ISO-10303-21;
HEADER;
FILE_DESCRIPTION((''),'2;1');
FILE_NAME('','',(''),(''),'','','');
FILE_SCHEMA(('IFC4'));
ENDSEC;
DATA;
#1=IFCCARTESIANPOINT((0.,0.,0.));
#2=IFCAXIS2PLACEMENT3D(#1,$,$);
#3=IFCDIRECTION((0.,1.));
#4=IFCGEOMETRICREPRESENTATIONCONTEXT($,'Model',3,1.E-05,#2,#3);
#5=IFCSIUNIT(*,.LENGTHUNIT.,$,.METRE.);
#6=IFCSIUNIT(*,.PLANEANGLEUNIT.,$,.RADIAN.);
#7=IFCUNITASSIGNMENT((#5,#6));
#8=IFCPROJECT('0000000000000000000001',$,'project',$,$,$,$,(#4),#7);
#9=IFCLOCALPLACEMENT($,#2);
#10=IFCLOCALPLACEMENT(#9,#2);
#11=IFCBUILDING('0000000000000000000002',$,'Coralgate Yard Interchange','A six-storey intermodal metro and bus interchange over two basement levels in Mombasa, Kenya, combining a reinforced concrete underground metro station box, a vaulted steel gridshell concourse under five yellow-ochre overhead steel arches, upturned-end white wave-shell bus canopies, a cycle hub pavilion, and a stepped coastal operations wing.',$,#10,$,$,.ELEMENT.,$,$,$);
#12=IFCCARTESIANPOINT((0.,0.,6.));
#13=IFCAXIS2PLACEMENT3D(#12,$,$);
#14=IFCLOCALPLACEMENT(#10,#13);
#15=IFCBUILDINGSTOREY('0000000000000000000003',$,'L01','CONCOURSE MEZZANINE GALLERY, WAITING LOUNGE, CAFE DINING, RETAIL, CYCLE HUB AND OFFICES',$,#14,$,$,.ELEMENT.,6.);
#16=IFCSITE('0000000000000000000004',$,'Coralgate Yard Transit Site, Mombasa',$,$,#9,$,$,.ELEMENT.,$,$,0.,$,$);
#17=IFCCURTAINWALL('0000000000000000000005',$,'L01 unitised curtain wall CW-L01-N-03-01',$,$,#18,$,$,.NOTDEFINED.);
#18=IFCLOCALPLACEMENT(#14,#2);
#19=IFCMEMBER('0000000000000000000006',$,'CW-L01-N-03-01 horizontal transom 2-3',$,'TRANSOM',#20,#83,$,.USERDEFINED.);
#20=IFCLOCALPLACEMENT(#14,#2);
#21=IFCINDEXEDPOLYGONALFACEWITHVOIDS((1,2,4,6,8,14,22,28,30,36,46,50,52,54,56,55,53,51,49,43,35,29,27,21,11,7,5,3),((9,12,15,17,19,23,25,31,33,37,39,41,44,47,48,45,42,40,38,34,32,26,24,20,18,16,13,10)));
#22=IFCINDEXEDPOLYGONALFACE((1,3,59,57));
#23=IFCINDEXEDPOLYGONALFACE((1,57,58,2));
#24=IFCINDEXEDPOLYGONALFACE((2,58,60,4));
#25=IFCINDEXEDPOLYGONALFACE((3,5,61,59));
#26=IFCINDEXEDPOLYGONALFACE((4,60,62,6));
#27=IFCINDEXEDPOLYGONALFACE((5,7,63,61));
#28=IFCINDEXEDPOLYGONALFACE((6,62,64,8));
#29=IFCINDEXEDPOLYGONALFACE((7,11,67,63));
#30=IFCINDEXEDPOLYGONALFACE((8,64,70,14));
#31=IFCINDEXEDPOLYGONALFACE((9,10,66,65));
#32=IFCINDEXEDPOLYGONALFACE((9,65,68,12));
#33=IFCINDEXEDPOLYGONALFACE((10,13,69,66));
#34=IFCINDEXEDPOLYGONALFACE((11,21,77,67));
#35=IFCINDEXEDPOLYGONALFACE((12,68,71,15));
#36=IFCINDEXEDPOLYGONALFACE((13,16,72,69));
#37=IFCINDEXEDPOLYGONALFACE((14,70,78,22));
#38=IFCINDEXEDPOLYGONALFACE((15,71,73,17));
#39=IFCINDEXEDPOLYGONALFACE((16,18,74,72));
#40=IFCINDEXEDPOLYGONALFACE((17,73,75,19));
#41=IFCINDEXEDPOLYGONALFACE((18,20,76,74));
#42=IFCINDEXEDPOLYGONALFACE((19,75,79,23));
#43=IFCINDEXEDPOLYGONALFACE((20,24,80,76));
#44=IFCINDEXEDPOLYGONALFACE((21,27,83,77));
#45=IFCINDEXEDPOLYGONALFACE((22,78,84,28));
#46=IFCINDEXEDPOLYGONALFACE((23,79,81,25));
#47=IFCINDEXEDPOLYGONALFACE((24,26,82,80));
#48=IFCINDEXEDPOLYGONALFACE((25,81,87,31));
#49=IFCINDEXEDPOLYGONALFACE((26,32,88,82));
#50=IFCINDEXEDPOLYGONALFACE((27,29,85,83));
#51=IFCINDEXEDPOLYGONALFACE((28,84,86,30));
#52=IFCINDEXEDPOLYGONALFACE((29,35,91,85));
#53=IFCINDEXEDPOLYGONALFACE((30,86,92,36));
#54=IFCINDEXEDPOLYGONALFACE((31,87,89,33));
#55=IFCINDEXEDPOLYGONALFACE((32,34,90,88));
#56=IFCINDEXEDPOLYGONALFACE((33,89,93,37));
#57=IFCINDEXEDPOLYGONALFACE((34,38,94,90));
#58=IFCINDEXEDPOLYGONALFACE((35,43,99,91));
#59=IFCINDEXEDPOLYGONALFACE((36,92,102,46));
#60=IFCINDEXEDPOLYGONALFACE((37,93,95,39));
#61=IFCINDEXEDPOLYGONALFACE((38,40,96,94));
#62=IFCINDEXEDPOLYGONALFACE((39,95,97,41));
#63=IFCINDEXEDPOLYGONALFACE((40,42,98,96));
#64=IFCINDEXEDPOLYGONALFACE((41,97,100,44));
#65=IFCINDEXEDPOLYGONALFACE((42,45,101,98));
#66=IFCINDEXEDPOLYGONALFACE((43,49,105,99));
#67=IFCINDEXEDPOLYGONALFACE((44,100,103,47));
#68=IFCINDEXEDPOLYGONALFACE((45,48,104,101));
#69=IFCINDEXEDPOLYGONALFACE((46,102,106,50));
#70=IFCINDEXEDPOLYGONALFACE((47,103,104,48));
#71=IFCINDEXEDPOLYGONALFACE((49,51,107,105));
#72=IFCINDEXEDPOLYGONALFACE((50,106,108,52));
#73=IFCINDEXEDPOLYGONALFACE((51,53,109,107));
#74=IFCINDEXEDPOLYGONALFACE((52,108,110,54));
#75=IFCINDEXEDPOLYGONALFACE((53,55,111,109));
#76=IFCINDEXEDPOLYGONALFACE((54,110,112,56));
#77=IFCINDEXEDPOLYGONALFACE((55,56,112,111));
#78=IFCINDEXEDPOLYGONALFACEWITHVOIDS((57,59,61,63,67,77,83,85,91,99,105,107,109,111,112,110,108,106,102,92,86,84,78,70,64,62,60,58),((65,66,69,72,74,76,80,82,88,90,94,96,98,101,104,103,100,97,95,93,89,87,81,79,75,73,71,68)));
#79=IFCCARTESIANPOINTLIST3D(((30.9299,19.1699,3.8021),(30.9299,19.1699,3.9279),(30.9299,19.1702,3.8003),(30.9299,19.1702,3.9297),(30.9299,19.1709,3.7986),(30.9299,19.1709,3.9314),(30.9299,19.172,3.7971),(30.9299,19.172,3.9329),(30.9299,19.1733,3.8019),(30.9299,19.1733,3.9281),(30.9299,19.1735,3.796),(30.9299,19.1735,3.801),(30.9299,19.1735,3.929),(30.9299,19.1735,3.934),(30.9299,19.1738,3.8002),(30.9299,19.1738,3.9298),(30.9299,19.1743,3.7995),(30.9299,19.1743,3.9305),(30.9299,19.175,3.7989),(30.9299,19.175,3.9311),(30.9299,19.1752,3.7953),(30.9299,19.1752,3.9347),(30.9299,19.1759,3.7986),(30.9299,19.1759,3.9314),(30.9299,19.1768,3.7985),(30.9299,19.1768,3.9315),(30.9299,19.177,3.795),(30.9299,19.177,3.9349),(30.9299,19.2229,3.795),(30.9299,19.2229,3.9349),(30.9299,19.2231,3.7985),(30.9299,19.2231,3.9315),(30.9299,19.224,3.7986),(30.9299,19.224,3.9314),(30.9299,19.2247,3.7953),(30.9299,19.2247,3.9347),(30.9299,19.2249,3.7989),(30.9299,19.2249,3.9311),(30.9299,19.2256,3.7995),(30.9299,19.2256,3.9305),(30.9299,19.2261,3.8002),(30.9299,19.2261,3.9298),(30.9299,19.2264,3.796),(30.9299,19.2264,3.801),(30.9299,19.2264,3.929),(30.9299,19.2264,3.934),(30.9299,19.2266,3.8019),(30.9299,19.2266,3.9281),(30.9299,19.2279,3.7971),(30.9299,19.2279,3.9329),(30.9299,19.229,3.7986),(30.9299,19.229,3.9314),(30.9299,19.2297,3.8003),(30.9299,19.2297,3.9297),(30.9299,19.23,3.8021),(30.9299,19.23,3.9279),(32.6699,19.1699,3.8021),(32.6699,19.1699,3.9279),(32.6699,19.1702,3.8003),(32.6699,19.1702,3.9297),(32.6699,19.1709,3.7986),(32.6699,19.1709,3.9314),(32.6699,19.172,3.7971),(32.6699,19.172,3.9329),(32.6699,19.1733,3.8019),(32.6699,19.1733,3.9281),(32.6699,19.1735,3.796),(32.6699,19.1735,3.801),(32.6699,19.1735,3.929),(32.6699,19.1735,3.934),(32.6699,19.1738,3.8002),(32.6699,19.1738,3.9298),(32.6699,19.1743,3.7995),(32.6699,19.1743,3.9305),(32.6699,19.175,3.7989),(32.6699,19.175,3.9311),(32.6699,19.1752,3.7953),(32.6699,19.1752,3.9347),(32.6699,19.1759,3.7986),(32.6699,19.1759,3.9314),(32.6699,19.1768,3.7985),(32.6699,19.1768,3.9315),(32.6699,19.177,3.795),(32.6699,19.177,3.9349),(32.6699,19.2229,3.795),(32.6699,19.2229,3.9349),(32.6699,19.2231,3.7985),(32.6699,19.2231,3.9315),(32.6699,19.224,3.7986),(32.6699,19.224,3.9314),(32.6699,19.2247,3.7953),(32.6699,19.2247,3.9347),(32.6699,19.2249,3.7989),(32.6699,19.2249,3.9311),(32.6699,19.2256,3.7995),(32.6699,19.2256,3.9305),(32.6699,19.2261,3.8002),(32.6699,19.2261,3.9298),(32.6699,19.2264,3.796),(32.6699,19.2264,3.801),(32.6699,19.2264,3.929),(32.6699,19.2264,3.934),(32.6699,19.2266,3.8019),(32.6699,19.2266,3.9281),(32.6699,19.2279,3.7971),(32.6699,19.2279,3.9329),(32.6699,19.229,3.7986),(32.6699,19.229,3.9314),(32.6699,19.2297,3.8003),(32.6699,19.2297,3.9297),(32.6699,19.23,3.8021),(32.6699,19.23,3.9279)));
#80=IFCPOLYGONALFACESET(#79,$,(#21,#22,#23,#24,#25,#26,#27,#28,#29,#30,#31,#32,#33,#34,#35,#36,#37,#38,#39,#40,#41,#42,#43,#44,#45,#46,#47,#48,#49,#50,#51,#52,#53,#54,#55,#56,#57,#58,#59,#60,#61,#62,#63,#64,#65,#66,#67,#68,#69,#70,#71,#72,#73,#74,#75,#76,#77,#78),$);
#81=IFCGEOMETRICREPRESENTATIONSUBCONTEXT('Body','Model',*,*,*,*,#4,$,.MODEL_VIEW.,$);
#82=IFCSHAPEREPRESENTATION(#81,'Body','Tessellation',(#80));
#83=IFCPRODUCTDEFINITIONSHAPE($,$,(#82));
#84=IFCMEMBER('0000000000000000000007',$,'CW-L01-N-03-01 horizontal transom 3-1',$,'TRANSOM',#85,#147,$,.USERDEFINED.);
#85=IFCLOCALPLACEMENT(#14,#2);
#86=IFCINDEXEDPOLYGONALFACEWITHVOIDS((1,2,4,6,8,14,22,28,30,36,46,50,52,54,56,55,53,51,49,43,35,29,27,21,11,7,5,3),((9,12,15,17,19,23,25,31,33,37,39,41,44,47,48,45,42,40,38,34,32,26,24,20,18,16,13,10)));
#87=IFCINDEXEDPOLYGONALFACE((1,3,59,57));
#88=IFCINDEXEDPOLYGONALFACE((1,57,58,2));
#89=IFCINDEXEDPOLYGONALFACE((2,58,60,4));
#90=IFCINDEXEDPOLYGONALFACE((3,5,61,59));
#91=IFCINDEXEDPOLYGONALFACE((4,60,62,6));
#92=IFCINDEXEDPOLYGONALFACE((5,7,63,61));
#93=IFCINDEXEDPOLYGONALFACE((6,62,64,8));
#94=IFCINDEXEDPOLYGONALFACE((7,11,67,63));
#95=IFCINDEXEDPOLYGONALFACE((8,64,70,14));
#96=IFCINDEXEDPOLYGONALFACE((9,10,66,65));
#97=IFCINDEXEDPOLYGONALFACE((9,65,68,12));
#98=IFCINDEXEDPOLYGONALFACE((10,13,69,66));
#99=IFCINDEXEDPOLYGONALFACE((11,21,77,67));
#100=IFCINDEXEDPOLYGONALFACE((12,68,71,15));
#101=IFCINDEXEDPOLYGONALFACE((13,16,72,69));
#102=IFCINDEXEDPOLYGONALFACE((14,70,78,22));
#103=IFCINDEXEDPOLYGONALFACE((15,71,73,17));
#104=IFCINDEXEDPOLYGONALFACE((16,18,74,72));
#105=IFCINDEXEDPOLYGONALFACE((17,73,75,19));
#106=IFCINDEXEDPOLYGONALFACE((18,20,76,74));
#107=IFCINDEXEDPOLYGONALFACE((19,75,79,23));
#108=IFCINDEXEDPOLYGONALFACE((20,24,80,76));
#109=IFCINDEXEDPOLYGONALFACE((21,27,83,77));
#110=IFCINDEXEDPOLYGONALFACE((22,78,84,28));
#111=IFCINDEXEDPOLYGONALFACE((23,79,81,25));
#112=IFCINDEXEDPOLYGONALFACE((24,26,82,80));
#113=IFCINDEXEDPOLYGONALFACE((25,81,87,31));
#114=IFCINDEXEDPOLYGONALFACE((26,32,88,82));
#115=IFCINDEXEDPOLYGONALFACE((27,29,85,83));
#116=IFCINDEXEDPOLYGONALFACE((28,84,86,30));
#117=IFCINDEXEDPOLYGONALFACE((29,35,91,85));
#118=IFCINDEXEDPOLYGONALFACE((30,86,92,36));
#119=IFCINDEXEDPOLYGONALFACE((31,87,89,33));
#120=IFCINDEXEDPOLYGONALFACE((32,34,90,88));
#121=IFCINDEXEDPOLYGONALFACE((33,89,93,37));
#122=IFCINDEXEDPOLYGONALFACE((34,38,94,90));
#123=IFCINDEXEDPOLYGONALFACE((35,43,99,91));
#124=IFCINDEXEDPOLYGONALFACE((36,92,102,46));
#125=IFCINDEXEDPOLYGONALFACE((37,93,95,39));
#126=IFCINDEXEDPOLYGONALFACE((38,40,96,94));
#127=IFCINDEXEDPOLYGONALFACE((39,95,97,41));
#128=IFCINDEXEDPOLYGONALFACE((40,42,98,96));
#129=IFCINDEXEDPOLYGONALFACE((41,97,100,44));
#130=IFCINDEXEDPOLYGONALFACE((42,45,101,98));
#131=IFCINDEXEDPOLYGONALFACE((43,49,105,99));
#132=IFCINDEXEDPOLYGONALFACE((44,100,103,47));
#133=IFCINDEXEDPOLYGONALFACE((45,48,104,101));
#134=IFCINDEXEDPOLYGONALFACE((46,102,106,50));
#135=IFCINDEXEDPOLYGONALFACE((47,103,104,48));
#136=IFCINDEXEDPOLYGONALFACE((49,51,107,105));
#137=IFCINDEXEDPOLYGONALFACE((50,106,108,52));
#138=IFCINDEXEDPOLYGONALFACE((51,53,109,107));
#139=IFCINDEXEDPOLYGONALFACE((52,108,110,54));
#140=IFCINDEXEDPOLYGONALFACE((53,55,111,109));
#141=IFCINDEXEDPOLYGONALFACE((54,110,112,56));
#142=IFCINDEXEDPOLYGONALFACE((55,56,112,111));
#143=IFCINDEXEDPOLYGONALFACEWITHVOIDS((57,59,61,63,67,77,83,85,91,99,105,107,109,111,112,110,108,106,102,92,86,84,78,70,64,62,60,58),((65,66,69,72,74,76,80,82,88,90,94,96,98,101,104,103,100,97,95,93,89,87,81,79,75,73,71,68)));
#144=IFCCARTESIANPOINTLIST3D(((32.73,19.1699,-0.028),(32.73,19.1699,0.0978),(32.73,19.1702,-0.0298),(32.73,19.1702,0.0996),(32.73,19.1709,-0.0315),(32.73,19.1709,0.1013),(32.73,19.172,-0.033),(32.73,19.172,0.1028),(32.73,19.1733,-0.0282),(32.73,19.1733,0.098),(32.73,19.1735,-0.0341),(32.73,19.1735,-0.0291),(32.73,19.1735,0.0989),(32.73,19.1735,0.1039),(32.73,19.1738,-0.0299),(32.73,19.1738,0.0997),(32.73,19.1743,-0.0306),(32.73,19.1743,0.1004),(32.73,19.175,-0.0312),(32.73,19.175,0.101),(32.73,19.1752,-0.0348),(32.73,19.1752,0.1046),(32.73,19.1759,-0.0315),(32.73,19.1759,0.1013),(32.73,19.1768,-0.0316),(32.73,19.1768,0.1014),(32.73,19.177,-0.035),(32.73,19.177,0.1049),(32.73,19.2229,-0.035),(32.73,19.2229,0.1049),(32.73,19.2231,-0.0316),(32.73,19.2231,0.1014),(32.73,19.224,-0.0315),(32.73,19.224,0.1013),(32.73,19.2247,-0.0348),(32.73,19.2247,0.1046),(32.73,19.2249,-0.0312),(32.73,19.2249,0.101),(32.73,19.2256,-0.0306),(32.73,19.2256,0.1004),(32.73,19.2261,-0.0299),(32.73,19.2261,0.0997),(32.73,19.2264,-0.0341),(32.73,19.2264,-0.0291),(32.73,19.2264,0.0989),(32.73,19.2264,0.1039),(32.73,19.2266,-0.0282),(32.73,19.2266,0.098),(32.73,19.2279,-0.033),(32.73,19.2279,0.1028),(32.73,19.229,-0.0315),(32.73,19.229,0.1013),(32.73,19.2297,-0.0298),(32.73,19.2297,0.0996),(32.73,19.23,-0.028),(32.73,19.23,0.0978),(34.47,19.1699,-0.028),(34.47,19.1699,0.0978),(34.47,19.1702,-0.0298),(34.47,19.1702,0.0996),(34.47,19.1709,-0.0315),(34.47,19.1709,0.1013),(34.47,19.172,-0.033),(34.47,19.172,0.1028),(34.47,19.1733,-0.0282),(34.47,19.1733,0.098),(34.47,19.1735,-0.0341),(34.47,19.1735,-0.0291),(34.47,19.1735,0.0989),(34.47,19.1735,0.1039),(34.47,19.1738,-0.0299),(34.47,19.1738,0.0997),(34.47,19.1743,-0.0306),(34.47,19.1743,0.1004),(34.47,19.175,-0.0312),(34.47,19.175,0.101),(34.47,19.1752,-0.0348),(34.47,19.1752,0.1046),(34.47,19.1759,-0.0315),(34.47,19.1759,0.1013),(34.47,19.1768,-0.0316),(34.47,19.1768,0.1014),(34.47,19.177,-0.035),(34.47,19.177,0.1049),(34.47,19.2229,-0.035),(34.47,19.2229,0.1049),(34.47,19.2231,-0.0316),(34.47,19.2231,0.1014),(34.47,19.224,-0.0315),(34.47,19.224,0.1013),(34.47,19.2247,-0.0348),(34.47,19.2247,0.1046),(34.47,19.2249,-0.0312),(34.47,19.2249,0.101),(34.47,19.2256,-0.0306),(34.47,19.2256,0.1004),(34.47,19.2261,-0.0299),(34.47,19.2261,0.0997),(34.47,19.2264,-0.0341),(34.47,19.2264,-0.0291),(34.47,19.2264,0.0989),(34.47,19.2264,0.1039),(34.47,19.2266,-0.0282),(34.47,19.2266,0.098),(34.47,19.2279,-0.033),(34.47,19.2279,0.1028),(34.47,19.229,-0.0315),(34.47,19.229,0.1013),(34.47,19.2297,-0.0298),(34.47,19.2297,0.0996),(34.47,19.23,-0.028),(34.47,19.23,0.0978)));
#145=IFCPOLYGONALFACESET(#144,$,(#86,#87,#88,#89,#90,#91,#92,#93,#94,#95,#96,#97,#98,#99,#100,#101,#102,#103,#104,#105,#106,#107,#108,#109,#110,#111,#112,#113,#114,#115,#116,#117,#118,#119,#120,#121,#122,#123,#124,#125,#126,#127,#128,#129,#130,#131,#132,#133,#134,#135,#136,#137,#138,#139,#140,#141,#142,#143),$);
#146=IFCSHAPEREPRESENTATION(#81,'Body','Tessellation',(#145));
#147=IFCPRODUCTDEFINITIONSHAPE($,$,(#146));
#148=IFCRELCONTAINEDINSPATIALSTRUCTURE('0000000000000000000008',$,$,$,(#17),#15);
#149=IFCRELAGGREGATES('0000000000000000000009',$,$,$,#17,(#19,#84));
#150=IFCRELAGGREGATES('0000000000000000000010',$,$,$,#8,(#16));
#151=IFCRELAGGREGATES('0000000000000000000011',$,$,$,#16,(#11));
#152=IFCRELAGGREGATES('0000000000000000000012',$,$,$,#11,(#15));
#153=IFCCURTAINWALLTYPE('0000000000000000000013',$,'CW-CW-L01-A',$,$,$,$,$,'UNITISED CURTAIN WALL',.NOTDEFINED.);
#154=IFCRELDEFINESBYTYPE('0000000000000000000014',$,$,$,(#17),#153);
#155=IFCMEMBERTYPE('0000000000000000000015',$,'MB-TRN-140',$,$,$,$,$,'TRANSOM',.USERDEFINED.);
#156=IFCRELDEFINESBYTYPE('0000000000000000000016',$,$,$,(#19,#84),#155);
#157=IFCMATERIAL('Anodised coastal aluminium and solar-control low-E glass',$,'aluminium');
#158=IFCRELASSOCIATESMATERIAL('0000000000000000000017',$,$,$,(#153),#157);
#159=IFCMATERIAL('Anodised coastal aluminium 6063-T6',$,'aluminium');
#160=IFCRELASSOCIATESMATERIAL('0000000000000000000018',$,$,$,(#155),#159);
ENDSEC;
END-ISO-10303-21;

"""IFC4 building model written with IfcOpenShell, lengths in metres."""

from ifc_helpers import new_model, si_unit, direction, frame, origin, origin_2d, place, context, subcontext, project, spatial, hollow_rectangle, extrude, material, material_profile, profile_set, type_object, element, aggregate, save


model = new_model("IFC4")

# Units and contexts
model_context = context("Model", 3, precision=1e-05, world=origin(), true_north=direction((0.0, 1.0)))
body_context = subcontext(model_context, "Body", "Model", "MODEL_VIEW")
ifc_project = project(units=[si_unit("LENGTHUNIT", "METRE"), si_unit("PLANEANGLEUNIT", "RADIAN")], contexts=[model_context])

# Site, building, storey
site_placement = place(None, origin())
site = spatial("IfcSite", under=ifc_project, at=site_placement, Name="Coralgate Yard Transit Site, Mombasa", CompositionType="ELEMENT", RefElevation=0.0)
building_placement = place(site_placement, origin())
building = spatial("IfcBuilding", under=site, at=building_placement, Name="Coralgate Yard Interchange", Description="A six-storey intermodal metro and bus interchange over two basement levels in Mombasa, Kenya, combining a reinforced concrete underground metro station box, a vaulted steel gridshell concourse under five yellow-ochre overhead steel arches, upturned-end white wave-shell bus canopies, a cycle hub pavilion, and a stepped coastal operations wing.", CompositionType="ELEMENT")
storey_placement = place(building_placement, frame((0.0, 0.0, 6.0)))
storey = spatial("IfcBuildingStorey", under=building, at=storey_placement, Name="L01", Description="CONCOURSE MEZZANINE GALLERY, WAITING LOUNGE, CAFE DINING, RETAIL, CYCLE HUB AND OFFICES", CompositionType="ELEMENT", Elevation=6.0)

# Curtain wall
ifc_material_1 = material(Name="Anodised coastal aluminium and solar-control low-E glass", Category="aluminium")
curtain_wall_type = type_object("IfcCurtainWallType", Name="CW-CW-L01-A", ElementType="UNITISED CURTAIN WALL", PredefinedType="NOTDEFINED", material=ifc_material_1)
curtain_wall_1_placement = place(storey_placement, origin())
curtain_wall_1 = element("IfcCurtainWall", 1, at=curtain_wall_1_placement, inside=storey, type_object=curtain_wall_type, Name="L01 unitised curtain wall CW-L01-N-03-01", PredefinedType="NOTDEFINED")
ifc_material_2 = material(Name="Anodised coastal aluminium 6063-T6", Category="aluminium")

# Members
ifc_material_profile_1 = material_profile(ifc_material_2, hollow_rectangle(XDim=0.0601, YDim=0.1399, WallThickness=0.0034, InnerFilletRadius=0.0034, OuterFilletRadius=0.0071, at=origin_2d()), Name="ALU 60x140x3.5")
ifc_profile_set_1 = profile_set([ifc_material_profile_1], Name="Anodised coastal aluminium 6063-T6")
member_type_1 = type_object("IfcMemberType", Name="MB-TRN-140", ElementType="TRANSOM", PredefinedType="USERDEFINED", material=ifc_profile_set_1)
member_1_placement = place(storey_placement, frame((30.9299, 19.2, 3.865), z_axis=(1.0, 0.0, 0.0), x_axis=(0.0, 1.0, 0.0)))
member_1 = element("IfcMember", 2, at=member_1_placement, type_object=member_type_1, Name="CW-L01-N-03-01 horizontal transom 2-3", ObjectType="TRANSOM", PredefinedType="USERDEFINED", context=body_context, shape_type="SweptSolid", body=[
    extrude(hollow_rectangle(XDim=0.0601, YDim=0.1399, WallThickness=0.0034, InnerFilletRadius=0.0034, OuterFilletRadius=0.0071, at=origin_2d()), origin(), (0.0, 0.0, 1.0), 1.74),
])
member_2_placement = place(storey_placement, frame((32.73, 19.2, 0.0349), z_axis=(1.0, 0.0, 0.0), x_axis=(0.0, 1.0, 0.0)))
member_2 = element("IfcMember", 3, at=member_2_placement, type_object=member_type_1, Name="CW-L01-N-03-01 horizontal transom 3-1", ObjectType="TRANSOM", PredefinedType="USERDEFINED", context=body_context, shape_type="SweptSolid", body=[
    extrude(hollow_rectangle(XDim=0.0601, YDim=0.1399, WallThickness=0.0034, InnerFilletRadius=0.0034, OuterFilletRadius=0.0071, at=origin_2d()), origin(), (0.0, 0.0, 1.0), 1.74),
])

aggregate(curtain_wall_1, [member_1, member_2])

save(model, "model.ifc")
